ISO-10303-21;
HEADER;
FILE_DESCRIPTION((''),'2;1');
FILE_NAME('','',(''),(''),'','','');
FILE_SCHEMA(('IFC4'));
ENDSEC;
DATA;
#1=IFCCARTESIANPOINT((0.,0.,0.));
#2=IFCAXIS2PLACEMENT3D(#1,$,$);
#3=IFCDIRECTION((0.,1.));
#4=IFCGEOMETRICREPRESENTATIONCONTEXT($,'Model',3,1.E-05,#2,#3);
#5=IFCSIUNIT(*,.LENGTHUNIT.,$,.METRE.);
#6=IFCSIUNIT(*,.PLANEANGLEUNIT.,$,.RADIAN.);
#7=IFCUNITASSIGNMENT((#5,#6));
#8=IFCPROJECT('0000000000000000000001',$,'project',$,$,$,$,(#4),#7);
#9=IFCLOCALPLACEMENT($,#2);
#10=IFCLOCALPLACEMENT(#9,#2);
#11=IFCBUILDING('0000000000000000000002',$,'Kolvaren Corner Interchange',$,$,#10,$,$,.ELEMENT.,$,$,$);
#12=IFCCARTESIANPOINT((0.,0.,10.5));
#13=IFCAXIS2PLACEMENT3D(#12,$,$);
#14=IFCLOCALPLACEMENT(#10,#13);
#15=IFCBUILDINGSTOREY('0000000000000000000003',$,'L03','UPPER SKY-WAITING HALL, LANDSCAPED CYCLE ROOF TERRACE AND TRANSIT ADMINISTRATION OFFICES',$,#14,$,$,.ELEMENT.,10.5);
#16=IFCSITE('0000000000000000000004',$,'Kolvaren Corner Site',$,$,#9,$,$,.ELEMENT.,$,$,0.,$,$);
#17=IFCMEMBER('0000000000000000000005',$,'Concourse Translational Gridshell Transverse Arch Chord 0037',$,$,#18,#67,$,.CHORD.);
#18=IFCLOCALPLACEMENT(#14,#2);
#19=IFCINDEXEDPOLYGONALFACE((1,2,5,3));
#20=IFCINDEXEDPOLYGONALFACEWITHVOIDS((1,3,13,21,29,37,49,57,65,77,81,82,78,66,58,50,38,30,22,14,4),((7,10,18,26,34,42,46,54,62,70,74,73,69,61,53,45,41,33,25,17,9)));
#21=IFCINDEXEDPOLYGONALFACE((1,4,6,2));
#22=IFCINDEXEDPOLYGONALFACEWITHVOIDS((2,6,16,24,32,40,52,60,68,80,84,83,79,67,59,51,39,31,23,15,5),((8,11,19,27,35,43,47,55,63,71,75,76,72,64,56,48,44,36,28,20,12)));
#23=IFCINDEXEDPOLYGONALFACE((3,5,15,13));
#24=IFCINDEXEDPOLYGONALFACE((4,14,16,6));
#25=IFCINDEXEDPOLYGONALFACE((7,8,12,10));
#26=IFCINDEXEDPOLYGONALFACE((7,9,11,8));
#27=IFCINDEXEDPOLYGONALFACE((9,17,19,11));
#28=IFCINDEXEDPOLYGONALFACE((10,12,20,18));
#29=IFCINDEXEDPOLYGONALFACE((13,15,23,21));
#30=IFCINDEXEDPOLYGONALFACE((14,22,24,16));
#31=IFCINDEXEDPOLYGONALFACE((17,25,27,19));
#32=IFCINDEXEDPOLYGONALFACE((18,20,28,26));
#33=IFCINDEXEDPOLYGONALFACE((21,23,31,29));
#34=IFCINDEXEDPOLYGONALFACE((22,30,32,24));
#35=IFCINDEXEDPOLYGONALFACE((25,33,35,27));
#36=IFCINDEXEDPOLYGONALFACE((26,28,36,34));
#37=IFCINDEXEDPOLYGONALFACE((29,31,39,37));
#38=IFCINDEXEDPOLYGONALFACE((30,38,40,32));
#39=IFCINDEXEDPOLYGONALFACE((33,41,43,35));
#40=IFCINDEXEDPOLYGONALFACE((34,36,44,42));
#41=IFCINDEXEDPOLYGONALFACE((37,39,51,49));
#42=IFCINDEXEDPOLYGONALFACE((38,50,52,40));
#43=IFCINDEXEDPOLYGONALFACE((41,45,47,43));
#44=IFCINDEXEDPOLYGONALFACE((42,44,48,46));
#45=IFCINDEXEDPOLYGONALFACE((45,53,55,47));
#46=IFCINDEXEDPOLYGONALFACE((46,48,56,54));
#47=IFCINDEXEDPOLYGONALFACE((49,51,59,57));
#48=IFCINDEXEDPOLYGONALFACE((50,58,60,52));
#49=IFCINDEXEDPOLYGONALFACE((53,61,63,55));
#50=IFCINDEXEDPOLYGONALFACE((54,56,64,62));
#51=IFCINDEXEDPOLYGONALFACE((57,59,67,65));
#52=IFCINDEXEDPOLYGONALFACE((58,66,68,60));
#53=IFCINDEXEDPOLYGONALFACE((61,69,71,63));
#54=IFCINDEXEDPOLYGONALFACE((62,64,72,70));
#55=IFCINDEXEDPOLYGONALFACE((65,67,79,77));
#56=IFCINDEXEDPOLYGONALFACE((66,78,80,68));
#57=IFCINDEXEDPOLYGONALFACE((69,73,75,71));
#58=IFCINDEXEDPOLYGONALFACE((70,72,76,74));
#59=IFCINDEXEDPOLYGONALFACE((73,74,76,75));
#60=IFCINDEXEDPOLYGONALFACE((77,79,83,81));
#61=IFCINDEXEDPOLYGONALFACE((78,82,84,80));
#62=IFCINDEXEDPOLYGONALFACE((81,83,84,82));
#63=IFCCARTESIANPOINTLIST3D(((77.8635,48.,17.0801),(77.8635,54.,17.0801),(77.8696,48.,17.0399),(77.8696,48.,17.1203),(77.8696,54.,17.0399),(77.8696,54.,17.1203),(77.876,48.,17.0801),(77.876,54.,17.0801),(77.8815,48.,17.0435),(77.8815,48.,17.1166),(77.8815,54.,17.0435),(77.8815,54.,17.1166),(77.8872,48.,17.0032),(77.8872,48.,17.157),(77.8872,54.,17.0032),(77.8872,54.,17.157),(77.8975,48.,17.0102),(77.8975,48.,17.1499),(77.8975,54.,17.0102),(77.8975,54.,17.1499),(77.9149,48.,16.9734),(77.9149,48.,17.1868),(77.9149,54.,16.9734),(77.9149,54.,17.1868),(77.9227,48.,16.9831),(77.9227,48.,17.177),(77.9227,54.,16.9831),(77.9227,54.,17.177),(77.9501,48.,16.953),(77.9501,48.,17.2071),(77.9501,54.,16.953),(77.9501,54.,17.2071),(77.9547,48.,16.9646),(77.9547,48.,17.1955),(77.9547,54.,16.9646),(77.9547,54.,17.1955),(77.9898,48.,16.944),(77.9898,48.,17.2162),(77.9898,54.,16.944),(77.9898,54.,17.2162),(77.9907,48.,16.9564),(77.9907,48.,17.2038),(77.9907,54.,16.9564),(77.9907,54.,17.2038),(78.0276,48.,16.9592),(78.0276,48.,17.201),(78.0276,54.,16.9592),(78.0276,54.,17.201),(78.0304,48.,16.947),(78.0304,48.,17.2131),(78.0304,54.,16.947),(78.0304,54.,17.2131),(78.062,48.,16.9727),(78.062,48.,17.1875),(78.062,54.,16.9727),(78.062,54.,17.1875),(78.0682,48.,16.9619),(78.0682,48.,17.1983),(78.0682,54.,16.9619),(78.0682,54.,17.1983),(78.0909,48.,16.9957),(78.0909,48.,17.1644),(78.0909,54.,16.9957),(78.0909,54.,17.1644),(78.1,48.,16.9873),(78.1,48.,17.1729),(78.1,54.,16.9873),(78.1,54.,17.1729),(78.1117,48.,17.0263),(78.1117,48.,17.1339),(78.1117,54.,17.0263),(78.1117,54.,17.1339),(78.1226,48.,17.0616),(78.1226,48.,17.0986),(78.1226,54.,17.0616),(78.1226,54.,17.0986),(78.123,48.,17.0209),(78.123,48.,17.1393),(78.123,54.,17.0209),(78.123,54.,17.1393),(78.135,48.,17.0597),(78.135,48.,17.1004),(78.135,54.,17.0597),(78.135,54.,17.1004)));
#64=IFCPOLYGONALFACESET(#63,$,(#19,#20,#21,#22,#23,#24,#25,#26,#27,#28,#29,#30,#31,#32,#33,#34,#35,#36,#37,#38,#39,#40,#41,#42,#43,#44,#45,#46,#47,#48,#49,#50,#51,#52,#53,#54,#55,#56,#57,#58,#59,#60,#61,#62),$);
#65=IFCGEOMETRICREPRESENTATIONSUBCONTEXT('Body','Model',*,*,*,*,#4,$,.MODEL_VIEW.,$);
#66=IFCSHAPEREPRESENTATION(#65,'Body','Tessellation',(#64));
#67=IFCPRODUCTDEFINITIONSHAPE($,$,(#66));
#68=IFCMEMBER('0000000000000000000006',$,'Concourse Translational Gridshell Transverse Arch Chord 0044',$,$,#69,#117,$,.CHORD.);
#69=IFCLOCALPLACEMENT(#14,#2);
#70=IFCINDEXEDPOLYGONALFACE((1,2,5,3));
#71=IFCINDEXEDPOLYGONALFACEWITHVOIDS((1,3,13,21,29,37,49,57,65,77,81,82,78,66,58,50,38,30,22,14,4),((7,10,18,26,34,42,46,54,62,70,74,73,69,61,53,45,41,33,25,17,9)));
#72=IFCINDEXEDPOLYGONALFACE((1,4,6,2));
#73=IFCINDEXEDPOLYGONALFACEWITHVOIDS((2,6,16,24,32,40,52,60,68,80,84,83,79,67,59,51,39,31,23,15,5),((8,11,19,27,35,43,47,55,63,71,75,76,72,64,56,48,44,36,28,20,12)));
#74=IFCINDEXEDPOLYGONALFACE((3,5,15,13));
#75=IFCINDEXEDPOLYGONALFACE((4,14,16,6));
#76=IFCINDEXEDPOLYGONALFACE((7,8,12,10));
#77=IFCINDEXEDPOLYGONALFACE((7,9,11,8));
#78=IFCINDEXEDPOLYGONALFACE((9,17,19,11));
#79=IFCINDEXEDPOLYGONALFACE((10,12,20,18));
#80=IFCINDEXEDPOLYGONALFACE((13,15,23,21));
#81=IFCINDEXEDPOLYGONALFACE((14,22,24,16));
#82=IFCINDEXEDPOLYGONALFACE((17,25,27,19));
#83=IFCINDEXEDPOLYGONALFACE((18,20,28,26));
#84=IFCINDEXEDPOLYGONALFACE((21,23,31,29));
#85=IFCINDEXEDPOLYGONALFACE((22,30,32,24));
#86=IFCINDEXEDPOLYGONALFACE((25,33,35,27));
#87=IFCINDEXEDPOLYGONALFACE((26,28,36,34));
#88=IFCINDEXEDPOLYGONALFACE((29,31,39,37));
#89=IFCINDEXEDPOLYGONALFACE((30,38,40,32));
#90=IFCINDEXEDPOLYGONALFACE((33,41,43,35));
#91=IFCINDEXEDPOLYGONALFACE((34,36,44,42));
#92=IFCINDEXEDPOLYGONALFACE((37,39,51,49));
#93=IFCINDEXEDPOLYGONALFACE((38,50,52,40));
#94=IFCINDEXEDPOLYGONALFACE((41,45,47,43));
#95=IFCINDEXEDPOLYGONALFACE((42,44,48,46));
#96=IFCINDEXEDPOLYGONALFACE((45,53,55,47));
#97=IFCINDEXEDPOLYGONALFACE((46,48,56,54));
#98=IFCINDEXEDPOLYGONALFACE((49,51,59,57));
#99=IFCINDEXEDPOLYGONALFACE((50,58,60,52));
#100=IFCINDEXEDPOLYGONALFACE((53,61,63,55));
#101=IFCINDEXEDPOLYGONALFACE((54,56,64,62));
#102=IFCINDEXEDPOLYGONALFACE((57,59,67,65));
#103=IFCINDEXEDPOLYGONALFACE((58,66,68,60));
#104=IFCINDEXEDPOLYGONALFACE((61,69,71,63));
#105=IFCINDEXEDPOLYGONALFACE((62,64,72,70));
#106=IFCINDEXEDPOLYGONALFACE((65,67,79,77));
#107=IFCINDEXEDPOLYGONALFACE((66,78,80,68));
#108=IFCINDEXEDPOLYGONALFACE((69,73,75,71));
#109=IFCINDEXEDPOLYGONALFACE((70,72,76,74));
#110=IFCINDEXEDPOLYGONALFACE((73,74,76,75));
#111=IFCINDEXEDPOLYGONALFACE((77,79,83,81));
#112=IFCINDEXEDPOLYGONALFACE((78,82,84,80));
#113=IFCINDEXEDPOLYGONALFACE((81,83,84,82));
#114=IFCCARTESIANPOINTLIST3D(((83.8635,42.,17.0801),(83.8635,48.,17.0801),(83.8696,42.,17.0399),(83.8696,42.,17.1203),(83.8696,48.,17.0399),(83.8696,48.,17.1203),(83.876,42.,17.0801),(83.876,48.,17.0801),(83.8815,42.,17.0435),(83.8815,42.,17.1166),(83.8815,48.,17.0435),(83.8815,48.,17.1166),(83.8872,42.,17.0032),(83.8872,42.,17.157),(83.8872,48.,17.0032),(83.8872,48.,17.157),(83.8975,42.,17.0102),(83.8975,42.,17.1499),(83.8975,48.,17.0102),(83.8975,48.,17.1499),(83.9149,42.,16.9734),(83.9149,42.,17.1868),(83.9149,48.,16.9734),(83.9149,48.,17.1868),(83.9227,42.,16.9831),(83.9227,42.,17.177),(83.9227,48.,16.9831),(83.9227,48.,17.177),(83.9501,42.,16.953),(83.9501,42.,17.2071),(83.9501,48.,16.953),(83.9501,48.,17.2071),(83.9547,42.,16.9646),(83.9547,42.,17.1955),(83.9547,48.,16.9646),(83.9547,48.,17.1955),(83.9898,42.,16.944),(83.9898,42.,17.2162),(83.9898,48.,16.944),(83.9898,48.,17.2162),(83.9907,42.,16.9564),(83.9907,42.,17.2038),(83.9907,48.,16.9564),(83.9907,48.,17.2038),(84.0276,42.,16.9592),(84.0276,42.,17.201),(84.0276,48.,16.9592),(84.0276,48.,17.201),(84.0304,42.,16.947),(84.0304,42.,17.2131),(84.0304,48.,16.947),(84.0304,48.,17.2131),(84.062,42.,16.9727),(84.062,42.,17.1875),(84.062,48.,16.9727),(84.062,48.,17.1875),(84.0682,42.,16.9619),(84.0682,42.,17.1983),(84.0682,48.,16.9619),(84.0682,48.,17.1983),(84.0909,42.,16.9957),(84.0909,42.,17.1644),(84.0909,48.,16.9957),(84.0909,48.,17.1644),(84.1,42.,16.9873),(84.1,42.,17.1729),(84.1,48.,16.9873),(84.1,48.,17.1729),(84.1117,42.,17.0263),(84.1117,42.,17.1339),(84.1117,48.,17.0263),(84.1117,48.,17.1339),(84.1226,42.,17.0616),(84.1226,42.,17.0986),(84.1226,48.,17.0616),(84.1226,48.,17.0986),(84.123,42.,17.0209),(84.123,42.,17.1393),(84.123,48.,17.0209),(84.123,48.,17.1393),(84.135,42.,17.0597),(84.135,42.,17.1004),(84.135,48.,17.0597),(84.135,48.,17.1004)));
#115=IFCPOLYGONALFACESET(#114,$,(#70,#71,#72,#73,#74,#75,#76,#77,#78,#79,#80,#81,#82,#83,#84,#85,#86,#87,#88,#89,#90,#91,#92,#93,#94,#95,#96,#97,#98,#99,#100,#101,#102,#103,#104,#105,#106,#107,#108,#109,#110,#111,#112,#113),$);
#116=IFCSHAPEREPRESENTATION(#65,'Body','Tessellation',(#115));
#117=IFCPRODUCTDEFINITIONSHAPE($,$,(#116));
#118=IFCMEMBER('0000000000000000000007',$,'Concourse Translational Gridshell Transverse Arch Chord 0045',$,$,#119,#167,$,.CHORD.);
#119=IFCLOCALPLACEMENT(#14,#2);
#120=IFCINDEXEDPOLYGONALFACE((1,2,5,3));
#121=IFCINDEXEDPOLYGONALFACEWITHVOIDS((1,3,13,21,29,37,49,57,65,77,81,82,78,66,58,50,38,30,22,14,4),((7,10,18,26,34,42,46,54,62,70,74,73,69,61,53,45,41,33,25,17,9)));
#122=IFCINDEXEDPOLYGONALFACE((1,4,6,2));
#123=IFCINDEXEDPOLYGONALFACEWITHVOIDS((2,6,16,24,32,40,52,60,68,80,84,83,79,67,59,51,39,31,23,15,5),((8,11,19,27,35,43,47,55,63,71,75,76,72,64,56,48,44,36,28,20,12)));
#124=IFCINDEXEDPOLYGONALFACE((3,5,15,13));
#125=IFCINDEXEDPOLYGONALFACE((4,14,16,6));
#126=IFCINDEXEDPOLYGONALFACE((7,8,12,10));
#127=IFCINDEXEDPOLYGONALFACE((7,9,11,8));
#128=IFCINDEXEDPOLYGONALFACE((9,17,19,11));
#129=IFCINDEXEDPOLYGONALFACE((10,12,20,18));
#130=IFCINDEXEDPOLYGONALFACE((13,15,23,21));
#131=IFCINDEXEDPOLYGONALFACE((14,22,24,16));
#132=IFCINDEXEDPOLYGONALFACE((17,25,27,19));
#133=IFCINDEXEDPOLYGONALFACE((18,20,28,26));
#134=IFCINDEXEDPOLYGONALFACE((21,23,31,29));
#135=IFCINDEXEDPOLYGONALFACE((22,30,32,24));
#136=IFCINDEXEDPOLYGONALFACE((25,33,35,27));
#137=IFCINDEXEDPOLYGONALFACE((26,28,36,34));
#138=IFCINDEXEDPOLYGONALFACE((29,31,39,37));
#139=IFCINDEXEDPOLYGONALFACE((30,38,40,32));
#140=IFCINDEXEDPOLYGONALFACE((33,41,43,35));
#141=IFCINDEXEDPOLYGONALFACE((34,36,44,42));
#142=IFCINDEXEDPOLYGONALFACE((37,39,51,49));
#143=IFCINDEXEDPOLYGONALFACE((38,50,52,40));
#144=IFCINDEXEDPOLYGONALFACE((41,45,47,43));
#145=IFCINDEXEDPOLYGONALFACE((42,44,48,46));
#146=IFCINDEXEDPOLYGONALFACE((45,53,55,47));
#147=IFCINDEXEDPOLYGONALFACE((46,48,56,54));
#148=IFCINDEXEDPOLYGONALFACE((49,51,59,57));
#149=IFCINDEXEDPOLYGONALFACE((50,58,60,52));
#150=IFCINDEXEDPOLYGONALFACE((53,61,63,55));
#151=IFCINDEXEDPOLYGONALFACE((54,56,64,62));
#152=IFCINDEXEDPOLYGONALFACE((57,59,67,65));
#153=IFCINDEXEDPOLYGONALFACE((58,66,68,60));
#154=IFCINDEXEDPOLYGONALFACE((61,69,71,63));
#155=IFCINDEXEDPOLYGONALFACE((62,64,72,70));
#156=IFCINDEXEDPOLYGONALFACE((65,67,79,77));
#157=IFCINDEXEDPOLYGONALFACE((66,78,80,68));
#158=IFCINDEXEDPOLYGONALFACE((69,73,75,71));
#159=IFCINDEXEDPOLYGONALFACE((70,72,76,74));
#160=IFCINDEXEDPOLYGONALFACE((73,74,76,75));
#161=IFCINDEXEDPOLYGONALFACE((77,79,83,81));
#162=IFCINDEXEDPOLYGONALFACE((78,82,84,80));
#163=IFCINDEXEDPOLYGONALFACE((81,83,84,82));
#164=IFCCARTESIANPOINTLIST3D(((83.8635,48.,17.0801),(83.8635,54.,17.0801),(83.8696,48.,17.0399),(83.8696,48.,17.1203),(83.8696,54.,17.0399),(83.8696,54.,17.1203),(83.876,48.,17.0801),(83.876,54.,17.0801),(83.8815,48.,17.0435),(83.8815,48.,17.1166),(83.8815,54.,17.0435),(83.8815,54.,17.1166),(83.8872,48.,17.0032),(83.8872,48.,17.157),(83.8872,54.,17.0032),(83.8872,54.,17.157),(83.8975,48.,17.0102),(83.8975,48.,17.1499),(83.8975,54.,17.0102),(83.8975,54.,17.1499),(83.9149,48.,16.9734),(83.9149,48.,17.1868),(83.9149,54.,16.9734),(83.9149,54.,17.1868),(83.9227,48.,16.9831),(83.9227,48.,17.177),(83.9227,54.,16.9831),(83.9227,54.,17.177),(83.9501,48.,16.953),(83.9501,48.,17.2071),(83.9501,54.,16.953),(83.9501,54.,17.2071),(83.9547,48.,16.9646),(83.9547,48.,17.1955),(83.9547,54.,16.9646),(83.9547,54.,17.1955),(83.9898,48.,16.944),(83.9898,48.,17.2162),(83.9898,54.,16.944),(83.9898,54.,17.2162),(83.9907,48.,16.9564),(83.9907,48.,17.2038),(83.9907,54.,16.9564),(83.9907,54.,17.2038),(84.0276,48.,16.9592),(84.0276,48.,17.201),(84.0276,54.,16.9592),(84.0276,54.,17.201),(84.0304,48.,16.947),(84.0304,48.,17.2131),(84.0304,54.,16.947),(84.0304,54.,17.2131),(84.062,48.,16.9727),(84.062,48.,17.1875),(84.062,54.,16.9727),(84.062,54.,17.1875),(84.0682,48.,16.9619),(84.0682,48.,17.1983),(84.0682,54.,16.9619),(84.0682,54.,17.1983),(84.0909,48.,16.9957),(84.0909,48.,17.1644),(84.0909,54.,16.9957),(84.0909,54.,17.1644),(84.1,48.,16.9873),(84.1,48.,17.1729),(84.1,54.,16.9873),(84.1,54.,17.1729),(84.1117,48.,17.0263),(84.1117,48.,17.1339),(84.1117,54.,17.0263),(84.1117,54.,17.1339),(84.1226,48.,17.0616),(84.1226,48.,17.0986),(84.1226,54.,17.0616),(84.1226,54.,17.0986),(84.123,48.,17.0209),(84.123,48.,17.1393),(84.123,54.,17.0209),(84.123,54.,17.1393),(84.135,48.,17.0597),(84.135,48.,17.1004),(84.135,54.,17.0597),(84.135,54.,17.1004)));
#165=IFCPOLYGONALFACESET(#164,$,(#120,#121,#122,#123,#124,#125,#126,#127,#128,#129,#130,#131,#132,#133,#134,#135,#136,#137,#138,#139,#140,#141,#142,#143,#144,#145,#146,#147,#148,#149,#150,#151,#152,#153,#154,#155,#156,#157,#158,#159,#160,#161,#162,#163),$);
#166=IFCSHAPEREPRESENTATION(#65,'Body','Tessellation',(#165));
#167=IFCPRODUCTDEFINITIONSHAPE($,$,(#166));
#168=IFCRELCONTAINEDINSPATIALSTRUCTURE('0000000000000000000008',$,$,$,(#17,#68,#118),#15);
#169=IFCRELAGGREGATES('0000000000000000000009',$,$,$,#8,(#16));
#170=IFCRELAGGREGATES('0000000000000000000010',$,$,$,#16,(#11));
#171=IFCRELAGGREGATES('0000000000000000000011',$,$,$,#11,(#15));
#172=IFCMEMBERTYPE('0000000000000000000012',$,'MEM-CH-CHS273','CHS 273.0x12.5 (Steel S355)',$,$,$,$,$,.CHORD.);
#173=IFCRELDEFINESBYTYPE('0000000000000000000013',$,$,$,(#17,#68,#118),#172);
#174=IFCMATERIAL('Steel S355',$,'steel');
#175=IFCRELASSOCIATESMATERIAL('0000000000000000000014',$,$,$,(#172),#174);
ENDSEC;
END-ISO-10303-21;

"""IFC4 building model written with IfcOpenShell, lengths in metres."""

from ifc_helpers import new_model, si_unit, direction, frame, origin, origin_2d, place, context, subcontext, project, spatial, hollow_circle, extrude, material, material_profile, profile_set, type_object, element, save


model = new_model("IFC4")

# Units and contexts
model_context = context("Model", 3, precision=1e-05, world=origin(), true_north=direction((0.0, 1.0)))
body_context = subcontext(model_context, "Body", "Model", "MODEL_VIEW")
ifc_project = project(units=[si_unit("LENGTHUNIT", "METRE"), si_unit("PLANEANGLEUNIT", "RADIAN")], contexts=[model_context])

# Site, building, storey
site_placement = place(None, origin())
site = spatial("IfcSite", under=ifc_project, at=site_placement, Name="Kolvaren Corner Site", CompositionType="ELEMENT", RefElevation=0.0)
building_placement = place(site_placement, origin())
building = spatial("IfcBuilding", under=site, at=building_placement, Name="Kolvaren Corner Interchange", CompositionType="ELEMENT")
storey_placement = place(building_placement, frame((0.0, 0.0, 10.5)))
storey = spatial("IfcBuildingStorey", under=building, at=storey_placement, Name="L03", Description="UPPER SKY-WAITING HALL, LANDSCAPED CYCLE ROOF TERRACE AND TRANSIT ADMINISTRATION OFFICES", CompositionType="ELEMENT", Elevation=10.5)

# Members
ifc_material_1 = material(Name="Steel S355", Category="steel")
ifc_material_profile_1 = material_profile(ifc_material_1, hollow_circle(Radius=0.1365, WallThickness=0.0125, at=origin_2d()), Name="CHS 273.0x12.5")
ifc_profile_set_1 = profile_set([ifc_material_profile_1], Name="Steel S355")
member_type_1 = type_object("IfcMemberType", Name="MEM-CH-CHS273", Description="CHS 273.0x12.5 (Steel S355)", PredefinedType="CHORD", material=ifc_profile_set_1)
for number, where, z_axis, x_axis, name in (
    (1, (78.0, 48.0, 17.0801), (0.0, 1.0, 0.0), (-1.0, 0.0, 0.0), "Concourse Translational Gridshell Transverse Arch Chord 0037"),
    (2, (84.0, 42.0, 17.0801), (0.0, 1.0, 0.0), (-1.0, 0.0, 0.0), "Concourse Translational Gridshell Transverse Arch Chord 0044"),
    (3, (84.0, 48.0, 17.0801), (0.0, 1.0, 0.0), (-1.0, 0.0, 0.0), "Concourse Translational Gridshell Transverse Arch Chord 0045"),
):
    element("IfcMember", number, at=place(storey_placement, frame(where, z_axis=z_axis, x_axis=x_axis)), inside=storey, type_object=member_type_1, Name=name, PredefinedType="CHORD", context=body_context, shape_type="SweptSolid", body=[
        extrude(hollow_circle(Radius=0.1365, WallThickness=0.0125, at=origin_2d()), origin(), (0.0, 0.0, 1.0), 6.0),
    ])

save(model, "model.ifc")
